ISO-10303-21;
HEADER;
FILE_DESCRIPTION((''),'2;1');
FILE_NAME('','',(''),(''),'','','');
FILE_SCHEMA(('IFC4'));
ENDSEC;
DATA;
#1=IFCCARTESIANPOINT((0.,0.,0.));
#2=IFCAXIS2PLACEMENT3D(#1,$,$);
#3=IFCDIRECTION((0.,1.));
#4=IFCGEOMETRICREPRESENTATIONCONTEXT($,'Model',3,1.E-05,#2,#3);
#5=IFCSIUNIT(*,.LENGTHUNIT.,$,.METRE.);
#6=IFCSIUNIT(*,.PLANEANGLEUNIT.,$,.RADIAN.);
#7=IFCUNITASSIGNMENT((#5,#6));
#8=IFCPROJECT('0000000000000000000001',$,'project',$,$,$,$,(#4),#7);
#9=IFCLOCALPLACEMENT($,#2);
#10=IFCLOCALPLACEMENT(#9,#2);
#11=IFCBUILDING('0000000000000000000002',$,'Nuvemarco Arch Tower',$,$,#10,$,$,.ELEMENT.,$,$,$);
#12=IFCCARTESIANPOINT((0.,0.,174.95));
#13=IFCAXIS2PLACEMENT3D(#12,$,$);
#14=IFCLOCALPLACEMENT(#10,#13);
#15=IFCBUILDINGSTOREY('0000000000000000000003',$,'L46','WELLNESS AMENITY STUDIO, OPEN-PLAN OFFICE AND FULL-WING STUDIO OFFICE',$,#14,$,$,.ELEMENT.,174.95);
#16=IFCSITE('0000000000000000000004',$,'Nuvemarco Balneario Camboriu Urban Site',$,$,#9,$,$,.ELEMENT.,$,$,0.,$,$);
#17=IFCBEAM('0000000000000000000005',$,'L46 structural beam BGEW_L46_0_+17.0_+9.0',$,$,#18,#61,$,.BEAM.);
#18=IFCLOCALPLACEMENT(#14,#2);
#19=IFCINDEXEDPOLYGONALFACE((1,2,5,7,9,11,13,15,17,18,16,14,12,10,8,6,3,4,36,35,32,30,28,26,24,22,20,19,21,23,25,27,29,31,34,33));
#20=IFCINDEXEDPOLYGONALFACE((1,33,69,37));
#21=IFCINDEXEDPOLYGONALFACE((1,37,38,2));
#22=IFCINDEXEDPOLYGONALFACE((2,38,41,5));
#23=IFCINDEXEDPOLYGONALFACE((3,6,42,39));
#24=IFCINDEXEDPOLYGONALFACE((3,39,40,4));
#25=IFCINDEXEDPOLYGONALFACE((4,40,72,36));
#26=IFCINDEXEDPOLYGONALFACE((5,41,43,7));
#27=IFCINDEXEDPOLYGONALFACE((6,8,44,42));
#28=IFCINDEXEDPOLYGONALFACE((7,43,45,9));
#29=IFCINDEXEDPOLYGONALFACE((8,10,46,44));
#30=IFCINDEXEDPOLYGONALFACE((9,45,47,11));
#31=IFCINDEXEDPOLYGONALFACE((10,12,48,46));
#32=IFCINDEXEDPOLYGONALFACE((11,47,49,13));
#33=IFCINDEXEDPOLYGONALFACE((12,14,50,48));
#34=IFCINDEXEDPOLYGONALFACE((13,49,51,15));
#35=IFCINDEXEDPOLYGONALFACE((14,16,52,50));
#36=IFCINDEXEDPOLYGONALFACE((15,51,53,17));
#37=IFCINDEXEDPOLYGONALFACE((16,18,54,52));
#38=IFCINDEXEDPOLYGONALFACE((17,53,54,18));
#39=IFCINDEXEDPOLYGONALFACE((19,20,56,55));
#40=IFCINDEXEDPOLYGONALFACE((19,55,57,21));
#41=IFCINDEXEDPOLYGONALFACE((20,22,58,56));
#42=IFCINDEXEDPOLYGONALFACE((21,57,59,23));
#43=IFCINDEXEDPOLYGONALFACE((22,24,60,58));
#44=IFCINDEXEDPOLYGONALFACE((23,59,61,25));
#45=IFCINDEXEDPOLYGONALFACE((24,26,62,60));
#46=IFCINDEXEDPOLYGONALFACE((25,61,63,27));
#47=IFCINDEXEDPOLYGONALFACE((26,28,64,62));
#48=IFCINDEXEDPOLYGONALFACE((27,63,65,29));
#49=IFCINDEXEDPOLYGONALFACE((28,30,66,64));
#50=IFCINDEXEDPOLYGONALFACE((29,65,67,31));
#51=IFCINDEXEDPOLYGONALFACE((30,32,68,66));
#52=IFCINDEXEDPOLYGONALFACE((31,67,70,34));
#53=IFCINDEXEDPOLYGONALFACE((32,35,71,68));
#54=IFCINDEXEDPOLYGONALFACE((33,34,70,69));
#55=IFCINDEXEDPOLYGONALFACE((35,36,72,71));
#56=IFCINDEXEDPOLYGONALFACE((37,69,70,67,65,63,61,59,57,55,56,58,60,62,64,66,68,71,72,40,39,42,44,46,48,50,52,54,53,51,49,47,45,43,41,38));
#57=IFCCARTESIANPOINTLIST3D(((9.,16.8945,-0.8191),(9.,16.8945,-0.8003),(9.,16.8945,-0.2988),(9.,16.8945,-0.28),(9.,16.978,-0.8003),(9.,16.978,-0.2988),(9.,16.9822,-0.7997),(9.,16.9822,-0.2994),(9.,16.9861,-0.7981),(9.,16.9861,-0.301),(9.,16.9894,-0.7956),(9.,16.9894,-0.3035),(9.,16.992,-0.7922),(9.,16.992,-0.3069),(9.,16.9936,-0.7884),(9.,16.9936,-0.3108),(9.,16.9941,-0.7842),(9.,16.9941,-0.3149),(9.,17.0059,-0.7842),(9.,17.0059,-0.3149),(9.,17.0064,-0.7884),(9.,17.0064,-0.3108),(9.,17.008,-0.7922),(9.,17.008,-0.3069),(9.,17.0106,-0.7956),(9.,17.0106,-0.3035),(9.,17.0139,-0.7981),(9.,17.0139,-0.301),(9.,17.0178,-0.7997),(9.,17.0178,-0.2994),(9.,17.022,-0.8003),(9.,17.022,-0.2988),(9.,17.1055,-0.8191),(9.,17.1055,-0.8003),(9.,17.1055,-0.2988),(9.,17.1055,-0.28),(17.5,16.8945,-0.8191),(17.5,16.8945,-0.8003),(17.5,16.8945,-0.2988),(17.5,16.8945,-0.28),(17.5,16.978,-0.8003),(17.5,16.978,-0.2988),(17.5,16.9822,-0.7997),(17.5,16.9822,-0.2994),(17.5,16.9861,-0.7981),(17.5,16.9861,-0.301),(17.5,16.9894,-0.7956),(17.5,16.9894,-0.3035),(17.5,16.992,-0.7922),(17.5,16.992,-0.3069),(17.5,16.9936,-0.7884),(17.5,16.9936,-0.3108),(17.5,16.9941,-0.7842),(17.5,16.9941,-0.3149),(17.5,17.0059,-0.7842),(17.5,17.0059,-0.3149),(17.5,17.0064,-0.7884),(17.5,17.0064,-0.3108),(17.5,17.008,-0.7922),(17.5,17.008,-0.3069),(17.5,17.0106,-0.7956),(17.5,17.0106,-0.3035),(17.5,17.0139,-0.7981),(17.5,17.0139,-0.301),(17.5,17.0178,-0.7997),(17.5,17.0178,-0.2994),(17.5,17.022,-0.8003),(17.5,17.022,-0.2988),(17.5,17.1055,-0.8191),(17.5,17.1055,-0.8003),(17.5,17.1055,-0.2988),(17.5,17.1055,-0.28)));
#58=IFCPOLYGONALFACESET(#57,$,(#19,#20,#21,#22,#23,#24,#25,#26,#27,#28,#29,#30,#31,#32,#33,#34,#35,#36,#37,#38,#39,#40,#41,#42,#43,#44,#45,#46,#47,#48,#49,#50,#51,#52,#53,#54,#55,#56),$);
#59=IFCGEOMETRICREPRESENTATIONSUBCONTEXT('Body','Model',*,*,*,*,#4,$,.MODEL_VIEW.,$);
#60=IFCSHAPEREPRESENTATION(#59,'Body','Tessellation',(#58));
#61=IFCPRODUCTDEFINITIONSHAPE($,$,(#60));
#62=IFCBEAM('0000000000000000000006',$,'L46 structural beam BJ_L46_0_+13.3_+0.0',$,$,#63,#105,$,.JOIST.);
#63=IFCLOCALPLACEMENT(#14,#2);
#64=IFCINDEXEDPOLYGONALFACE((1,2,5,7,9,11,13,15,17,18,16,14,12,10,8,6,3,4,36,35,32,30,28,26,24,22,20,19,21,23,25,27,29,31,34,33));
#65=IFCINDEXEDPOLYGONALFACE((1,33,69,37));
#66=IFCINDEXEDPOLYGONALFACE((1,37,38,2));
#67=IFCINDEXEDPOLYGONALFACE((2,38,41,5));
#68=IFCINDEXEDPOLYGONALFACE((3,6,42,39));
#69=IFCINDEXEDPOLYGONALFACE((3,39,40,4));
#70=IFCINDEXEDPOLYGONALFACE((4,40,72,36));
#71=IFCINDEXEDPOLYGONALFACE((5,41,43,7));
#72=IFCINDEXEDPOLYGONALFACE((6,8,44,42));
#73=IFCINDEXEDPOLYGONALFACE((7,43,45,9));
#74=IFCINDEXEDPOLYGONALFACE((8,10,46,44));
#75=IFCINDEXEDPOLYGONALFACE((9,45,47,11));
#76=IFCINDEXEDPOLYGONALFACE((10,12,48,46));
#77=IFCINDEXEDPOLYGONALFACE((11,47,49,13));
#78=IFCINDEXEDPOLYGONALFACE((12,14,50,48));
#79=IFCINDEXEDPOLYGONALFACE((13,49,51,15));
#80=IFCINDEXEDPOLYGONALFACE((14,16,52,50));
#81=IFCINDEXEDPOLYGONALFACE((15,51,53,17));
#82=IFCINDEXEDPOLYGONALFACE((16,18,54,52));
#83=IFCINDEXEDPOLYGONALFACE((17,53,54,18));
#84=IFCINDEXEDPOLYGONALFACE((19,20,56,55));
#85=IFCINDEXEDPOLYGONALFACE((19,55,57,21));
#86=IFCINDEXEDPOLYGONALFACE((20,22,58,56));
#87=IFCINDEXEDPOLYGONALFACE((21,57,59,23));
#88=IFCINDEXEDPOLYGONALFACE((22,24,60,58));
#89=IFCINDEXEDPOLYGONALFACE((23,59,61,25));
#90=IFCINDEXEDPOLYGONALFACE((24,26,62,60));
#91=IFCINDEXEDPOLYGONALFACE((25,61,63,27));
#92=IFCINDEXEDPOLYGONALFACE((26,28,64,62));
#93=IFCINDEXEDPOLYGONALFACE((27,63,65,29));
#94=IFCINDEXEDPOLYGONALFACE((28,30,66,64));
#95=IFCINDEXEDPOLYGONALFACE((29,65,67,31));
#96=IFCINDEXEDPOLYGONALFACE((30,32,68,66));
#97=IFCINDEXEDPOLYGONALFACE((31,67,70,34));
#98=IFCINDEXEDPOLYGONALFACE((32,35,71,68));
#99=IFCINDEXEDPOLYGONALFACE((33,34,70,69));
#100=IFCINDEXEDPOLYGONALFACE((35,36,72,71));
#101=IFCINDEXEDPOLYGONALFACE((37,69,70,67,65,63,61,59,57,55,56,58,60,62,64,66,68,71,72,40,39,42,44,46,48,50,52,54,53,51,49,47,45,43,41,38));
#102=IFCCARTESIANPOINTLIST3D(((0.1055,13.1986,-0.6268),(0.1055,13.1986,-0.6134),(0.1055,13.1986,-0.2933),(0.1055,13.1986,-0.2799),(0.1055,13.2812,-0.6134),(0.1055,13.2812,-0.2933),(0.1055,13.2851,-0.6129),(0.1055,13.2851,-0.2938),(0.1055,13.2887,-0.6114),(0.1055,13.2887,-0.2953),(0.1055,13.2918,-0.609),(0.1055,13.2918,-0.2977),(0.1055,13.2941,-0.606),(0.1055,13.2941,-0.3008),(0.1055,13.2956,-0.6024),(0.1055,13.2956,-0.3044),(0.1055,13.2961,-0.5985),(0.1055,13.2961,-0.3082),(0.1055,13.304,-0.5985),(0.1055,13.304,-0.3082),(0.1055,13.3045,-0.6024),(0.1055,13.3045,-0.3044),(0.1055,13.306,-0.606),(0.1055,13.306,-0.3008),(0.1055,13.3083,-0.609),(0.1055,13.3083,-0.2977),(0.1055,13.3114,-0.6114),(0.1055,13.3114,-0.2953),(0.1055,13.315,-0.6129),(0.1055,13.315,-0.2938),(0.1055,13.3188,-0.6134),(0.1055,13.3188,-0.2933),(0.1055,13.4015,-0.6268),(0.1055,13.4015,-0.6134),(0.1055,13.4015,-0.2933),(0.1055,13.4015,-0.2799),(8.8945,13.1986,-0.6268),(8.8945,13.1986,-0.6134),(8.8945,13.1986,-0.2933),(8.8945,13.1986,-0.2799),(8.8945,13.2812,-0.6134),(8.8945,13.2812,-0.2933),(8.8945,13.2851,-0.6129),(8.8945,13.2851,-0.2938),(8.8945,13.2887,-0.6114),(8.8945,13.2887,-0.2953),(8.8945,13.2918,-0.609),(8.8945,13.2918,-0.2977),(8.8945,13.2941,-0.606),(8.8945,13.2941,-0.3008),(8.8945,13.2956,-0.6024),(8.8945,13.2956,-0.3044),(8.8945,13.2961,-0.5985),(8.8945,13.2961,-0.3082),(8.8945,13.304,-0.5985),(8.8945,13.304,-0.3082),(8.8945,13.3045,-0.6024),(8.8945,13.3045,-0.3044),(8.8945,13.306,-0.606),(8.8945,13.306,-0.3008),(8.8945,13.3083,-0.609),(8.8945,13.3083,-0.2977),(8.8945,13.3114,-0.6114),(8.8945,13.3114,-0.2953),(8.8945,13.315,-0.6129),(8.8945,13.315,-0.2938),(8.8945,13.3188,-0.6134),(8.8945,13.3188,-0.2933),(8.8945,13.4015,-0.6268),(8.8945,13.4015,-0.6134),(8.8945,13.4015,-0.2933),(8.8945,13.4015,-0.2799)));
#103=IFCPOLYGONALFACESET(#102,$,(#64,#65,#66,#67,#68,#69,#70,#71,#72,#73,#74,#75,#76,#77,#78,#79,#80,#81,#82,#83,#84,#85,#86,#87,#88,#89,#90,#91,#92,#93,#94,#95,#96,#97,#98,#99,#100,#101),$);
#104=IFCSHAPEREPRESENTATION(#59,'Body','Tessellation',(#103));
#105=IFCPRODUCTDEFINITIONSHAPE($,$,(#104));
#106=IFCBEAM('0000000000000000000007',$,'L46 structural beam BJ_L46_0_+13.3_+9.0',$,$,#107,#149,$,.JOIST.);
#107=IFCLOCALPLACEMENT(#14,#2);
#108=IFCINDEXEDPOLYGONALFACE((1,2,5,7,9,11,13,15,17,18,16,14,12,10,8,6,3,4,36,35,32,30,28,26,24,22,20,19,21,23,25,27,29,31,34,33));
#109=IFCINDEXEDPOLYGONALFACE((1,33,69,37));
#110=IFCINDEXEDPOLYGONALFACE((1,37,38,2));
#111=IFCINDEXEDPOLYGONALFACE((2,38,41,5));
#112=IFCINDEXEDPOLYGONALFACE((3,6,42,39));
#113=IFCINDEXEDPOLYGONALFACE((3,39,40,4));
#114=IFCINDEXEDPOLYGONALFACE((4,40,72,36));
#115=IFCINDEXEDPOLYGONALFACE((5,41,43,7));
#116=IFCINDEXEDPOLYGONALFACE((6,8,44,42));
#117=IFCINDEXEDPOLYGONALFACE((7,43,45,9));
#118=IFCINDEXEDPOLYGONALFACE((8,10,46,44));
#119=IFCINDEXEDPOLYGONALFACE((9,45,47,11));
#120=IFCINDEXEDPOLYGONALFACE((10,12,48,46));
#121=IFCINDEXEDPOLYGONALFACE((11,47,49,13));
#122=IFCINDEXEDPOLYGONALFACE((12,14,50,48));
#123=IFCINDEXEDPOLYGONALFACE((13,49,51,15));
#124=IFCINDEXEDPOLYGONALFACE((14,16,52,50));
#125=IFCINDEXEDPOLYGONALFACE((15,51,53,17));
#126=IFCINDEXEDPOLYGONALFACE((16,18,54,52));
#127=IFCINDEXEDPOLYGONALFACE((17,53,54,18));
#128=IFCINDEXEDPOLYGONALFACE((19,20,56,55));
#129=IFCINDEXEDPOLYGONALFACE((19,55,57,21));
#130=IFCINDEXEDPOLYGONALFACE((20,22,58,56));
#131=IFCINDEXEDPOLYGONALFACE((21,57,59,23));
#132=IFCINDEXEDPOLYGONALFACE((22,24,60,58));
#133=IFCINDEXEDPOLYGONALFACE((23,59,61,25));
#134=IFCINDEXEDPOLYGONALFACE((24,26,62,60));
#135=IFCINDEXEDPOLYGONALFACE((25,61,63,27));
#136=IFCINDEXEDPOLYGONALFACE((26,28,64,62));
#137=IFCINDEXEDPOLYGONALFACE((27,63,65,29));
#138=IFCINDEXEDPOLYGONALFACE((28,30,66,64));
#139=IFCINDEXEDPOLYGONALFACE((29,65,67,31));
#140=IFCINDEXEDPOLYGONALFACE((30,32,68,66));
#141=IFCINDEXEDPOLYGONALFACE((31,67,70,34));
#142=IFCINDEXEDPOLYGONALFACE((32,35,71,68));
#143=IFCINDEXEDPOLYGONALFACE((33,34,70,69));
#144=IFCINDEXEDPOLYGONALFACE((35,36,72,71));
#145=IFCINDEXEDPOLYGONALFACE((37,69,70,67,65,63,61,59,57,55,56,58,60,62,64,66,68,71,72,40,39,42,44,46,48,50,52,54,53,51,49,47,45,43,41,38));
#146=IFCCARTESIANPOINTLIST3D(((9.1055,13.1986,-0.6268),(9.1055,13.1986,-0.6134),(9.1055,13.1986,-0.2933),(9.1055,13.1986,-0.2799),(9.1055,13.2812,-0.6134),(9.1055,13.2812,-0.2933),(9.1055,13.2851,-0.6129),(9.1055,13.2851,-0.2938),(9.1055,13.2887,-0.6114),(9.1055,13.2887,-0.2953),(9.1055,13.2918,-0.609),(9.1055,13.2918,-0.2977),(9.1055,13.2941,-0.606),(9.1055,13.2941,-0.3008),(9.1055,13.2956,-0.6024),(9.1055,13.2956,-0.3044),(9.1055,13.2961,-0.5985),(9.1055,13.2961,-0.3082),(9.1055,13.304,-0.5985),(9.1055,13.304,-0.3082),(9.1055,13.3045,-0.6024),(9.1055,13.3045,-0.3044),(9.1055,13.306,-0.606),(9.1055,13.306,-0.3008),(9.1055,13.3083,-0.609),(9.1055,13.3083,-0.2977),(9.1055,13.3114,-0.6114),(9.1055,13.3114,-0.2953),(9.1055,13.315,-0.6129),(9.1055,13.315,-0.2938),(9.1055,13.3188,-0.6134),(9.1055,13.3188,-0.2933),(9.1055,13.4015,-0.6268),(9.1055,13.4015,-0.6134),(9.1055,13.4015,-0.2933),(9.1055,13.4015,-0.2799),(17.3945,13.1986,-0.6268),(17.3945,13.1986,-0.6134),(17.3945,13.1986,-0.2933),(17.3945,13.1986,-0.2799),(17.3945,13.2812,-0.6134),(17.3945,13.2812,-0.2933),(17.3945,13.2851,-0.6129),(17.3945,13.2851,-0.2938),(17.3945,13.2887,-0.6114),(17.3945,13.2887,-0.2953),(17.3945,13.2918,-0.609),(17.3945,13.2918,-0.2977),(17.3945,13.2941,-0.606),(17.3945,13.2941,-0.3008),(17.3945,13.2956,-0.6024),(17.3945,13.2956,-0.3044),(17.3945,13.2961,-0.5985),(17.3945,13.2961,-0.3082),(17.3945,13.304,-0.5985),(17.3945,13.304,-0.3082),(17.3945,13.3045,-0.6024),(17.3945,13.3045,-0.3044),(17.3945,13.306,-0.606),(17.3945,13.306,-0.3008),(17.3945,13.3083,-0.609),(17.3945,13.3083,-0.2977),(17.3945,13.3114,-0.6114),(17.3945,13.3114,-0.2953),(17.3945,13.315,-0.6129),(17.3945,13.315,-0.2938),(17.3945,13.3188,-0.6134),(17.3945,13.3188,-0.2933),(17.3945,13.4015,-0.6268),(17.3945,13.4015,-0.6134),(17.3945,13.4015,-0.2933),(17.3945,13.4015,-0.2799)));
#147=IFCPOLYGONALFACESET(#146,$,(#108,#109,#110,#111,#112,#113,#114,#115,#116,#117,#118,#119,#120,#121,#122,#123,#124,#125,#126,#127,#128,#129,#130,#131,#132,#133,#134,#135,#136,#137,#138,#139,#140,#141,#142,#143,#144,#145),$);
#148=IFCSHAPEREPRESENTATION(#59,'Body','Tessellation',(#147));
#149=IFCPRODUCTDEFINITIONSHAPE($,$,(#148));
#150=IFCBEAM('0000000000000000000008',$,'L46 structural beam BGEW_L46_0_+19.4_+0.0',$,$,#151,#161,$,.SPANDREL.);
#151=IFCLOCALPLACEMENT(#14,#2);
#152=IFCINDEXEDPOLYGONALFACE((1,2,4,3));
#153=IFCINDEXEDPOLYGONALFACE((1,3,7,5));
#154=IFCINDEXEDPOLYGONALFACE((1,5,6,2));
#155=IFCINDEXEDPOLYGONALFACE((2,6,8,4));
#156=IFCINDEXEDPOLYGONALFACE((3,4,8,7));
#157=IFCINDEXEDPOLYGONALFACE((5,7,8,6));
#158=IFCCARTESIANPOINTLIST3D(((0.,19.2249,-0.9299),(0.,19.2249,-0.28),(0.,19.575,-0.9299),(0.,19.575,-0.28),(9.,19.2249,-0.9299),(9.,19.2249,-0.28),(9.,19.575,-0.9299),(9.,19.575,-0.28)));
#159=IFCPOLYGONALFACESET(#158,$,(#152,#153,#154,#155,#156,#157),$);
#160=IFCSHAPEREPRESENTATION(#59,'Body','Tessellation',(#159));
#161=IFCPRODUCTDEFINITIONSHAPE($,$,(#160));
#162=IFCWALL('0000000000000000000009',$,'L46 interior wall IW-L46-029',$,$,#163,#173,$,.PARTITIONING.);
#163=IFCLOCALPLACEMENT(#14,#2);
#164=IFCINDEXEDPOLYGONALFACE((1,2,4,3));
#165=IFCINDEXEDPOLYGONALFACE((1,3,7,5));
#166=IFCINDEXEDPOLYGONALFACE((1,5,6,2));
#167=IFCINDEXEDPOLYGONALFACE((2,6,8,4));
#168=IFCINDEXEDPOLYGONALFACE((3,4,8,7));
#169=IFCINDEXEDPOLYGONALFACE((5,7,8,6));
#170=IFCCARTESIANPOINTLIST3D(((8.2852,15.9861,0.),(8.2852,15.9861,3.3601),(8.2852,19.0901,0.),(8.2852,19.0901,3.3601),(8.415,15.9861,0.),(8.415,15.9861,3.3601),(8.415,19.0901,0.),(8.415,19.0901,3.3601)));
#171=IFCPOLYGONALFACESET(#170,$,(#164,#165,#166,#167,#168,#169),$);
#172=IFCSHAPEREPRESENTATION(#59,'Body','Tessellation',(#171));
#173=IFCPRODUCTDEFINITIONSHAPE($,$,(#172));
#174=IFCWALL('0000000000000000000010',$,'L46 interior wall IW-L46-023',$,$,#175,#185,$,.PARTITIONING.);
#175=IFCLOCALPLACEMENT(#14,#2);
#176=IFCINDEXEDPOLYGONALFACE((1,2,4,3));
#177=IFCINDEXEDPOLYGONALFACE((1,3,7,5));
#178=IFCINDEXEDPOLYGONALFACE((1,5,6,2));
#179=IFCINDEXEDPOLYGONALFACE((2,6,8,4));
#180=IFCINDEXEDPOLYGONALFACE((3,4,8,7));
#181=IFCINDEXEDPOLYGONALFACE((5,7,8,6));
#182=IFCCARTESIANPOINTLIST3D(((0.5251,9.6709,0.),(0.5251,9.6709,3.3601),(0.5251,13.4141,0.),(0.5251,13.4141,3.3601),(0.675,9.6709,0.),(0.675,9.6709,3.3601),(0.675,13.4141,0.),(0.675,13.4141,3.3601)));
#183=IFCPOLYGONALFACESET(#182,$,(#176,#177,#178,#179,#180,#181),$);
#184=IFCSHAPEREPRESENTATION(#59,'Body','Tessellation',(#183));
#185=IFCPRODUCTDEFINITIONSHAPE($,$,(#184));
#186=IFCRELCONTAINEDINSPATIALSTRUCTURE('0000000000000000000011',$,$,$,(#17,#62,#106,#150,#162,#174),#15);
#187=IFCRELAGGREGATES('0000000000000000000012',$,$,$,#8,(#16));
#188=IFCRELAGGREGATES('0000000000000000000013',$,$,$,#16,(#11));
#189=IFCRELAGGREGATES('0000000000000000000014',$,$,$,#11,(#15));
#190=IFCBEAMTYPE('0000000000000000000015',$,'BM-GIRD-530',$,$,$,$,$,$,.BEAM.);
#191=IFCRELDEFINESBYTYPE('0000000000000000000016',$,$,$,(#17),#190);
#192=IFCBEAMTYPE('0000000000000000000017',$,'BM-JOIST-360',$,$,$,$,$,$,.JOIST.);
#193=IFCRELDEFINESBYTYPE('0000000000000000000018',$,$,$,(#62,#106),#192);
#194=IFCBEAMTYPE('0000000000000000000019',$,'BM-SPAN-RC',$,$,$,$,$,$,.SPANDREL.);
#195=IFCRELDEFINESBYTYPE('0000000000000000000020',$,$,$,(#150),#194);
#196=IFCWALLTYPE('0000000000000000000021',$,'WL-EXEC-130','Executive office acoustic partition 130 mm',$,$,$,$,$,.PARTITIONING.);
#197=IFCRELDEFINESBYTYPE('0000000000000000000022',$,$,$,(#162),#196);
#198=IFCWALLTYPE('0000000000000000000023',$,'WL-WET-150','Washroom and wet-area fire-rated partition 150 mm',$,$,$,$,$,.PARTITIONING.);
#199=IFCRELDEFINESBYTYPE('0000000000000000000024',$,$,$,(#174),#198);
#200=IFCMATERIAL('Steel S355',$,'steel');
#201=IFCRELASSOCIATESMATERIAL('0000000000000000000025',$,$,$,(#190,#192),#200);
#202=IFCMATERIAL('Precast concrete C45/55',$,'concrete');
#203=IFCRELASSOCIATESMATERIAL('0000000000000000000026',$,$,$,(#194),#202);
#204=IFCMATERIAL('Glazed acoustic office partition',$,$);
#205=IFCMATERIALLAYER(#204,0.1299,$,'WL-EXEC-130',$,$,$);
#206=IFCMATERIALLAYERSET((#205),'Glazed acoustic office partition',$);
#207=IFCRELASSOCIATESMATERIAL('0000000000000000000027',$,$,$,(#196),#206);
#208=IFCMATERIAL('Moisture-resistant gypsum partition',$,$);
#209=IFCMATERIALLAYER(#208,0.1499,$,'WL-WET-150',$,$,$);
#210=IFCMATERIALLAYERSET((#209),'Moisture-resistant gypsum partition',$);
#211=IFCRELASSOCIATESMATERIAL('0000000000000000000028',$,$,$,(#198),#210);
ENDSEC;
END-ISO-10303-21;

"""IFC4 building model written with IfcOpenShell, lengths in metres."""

from ifc_helpers import new_model, si_unit, direction, frame, frame_2d, origin, origin_2d, place, context, subcontext, project, spatial, rectangle, i_section, extrude, material, layer, layer_set, material_profile, profile_set, type_object, element, save


model = new_model("IFC4")

# Units and contexts
model_context = context("Model", 3, precision=1e-05, world=origin(), true_north=direction((0.0, 1.0)))
body_context = subcontext(model_context, "Body", "Model", "MODEL_VIEW")
ifc_project = project(units=[si_unit("LENGTHUNIT", "METRE"), si_unit("PLANEANGLEUNIT", "RADIAN")], contexts=[model_context])

# Site, building, storey
site_placement = place(None, origin())
site = spatial("IfcSite", under=ifc_project, at=site_placement, Name="Nuvemarco Balneario Camboriu Urban Site", CompositionType="ELEMENT", RefElevation=0.0)
building_placement = place(site_placement, origin())
building = spatial("IfcBuilding", under=site, at=building_placement, Name="Nuvemarco Arch Tower", CompositionType="ELEMENT")
storey_placement = place(building_placement, frame((0.0, 0.0, 174.95)))
storey = spatial("IfcBuildingStorey", under=building, at=storey_placement, Name="L46", Description="WELLNESS AMENITY STUDIO, OPEN-PLAN OFFICE AND FULL-WING STUDIO OFFICE", CompositionType="ELEMENT", Elevation=174.95)

# Shared definitions
ifc_material_1 = material(Name="Steel S355", Category="steel")

# Beams
ifc_material_profile_1 = material_profile(ifc_material_1, i_section(OverallWidth=0.2109, OverallDepth=0.5391, WebThickness=0.0117, FlangeThickness=0.0188, FilletRadius=0.0161, at=origin_2d()), Name="W530x109")
ifc_profile_set_1 = profile_set([ifc_material_profile_1], Name="Steel S355")
beam_type_1 = type_object("IfcBeamType", Name="BM-GIRD-530", PredefinedType="BEAM", material=ifc_profile_set_1)
beam_1_placement = place(storey_placement, frame((9.0, 17.0, -0.5496), z_axis=(1.0, 0.0, 0.0), x_axis=(0.0, 1.0, 0.0)))
element("IfcBeam", 1, at=beam_1_placement, inside=storey, type_object=beam_type_1, Name="L46 structural beam BGEW_L46_0_+17.0_+9.0", PredefinedType="BEAM", context=body_context, shape_type="SweptSolid", body=[
    extrude(i_section(OverallWidth=0.2109, OverallDepth=0.5391, WebThickness=0.0117, FlangeThickness=0.0188, FilletRadius=0.0161, at=origin_2d()), origin(), (0.0, 0.0, 1.0), 8.5),
])
ifc_material_profile_2 = material_profile(ifc_material_1, i_section(OverallWidth=0.2029, OverallDepth=0.3469, WebThickness=0.0078, FlangeThickness=0.0134, FilletRadius=0.0149, at=origin_2d()), Name="W360x64")
ifc_profile_set_2 = profile_set([ifc_material_profile_2], Name="Steel S355")
beam_type_2 = type_object("IfcBeamType", Name="BM-JOIST-360", PredefinedType="JOIST", material=ifc_profile_set_2)
beam_2_placement = place(storey_placement, frame((0.1055, 13.3, -0.4534), z_axis=(1.0, 0.0, 0.0), x_axis=(0.0, 1.0, 0.0)))
element("IfcBeam", 2, at=beam_2_placement, inside=storey, type_object=beam_type_2, Name="L46 structural beam BJ_L46_0_+13.3_+0.0", PredefinedType="JOIST", context=body_context, shape_type="SweptSolid", body=[
    extrude(i_section(OverallWidth=0.2029, OverallDepth=0.3469, WebThickness=0.0078, FlangeThickness=0.0134, FilletRadius=0.0149, at=origin_2d()), origin(), (0.0, 0.0, 1.0), 8.7891),
])
beam_3_placement = place(storey_placement, frame((9.1055, 13.3, -0.4534), z_axis=(1.0, 0.0, 0.0), x_axis=(0.0, 1.0, 0.0)))
element("IfcBeam", 3, at=beam_3_placement, inside=storey, type_object=beam_type_2, Name="L46 structural beam BJ_L46_0_+13.3_+9.0", PredefinedType="JOIST", context=body_context, shape_type="SweptSolid", body=[
    extrude(i_section(OverallWidth=0.2029, OverallDepth=0.3469, WebThickness=0.0078, FlangeThickness=0.0134, FilletRadius=0.0149, at=origin_2d()), origin(), (0.0, 0.0, 1.0), 8.2891),
])
ifc_material_2 = material(Name="Precast concrete C45/55", Category="concrete")
ifc_material_profile_3 = material_profile(ifc_material_2, rectangle(XDim=0.3501, YDim=0.6499, at=origin_2d()), Name="PC-SP-350x650")
ifc_profile_set_3 = profile_set([ifc_material_profile_3], Name="Precast concrete C45/55")
beam_type_3 = type_object("IfcBeamType", Name="BM-SPAN-RC", PredefinedType="SPANDREL", material=ifc_profile_set_3)
beam_4_placement = place(storey_placement, frame((0.0, 19.3999, -0.605), z_axis=(1.0, 0.0, 0.0), x_axis=(0.0, 1.0, 0.0)))
element("IfcBeam", 4, at=beam_4_placement, inside=storey, type_object=beam_type_3, Name="L46 structural beam BGEW_L46_0_+19.4_+0.0", PredefinedType="SPANDREL", context=body_context, shape_type="SweptSolid", body=[
    extrude(rectangle(XDim=0.3501, YDim=0.6499, at=origin_2d()), origin(), (0.0, 0.0, 1.0), 9.0),
])

# Walls
ifc_material_3 = material(Name="Glazed acoustic office partition")
ifc_layer_1 = layer(ifc_material_3, 0.1299, Name="WL-EXEC-130")
ifc_layer_set_1 = layer_set([ifc_layer_1], Name="Glazed acoustic office partition")
wall_type_1 = type_object("IfcWallType", Name="WL-EXEC-130", Description="Executive office acoustic partition 130 mm", PredefinedType="PARTITIONING", material=ifc_layer_set_1)
wall_placement = place(storey_placement, frame((8.3501, 15.9861, 0.0), z_axis=(0.0, 0.0, 1.0), x_axis=(0.0, 1.0, 0.0)))
element("IfcWall", 5, at=wall_placement, inside=storey, type_object=wall_type_1, Name="L46 interior wall IW-L46-029", PredefinedType="PARTITIONING", context=body_context, shape_type="SweptSolid", body=[
    extrude(rectangle(XDim=3.104, YDim=0.1299, at=frame_2d((1.552, 0.0))), origin(), (0.0, 0.0, 1.0), 3.3601),
])
ifc_material_4 = material(Name="Moisture-resistant gypsum partition")
ifc_layer_2 = layer(ifc_material_4, 0.1499, Name="WL-WET-150")
ifc_layer_set_2 = layer_set([ifc_layer_2], Name="Moisture-resistant gypsum partition")
wall_type_2 = type_object("IfcWallType", Name="WL-WET-150", Description="Washroom and wet-area fire-rated partition 150 mm", PredefinedType="PARTITIONING", material=ifc_layer_set_2)
for number, where, z_axis, x_axis, name in (
    (6, (0.6001, 9.6709, 0.0), (0.0, 0.0, 1.0), (0.0, 1.0, 0.0), "L46 interior wall IW-L46-023"),
):
    element("IfcWall", number, at=place(storey_placement, frame(where, z_axis=z_axis, x_axis=x_axis)), inside=storey, type_object=wall_type_2, Name=name, PredefinedType="PARTITIONING", context=body_context, shape_type="SweptSolid", body=[
        extrude(rectangle(XDim=3.7432, YDim=0.1499, at=frame_2d((1.8716, 0.0))), origin(), (0.0, 0.0, 1.0), 3.3601),
    ])

save(model, "model.ifc")
